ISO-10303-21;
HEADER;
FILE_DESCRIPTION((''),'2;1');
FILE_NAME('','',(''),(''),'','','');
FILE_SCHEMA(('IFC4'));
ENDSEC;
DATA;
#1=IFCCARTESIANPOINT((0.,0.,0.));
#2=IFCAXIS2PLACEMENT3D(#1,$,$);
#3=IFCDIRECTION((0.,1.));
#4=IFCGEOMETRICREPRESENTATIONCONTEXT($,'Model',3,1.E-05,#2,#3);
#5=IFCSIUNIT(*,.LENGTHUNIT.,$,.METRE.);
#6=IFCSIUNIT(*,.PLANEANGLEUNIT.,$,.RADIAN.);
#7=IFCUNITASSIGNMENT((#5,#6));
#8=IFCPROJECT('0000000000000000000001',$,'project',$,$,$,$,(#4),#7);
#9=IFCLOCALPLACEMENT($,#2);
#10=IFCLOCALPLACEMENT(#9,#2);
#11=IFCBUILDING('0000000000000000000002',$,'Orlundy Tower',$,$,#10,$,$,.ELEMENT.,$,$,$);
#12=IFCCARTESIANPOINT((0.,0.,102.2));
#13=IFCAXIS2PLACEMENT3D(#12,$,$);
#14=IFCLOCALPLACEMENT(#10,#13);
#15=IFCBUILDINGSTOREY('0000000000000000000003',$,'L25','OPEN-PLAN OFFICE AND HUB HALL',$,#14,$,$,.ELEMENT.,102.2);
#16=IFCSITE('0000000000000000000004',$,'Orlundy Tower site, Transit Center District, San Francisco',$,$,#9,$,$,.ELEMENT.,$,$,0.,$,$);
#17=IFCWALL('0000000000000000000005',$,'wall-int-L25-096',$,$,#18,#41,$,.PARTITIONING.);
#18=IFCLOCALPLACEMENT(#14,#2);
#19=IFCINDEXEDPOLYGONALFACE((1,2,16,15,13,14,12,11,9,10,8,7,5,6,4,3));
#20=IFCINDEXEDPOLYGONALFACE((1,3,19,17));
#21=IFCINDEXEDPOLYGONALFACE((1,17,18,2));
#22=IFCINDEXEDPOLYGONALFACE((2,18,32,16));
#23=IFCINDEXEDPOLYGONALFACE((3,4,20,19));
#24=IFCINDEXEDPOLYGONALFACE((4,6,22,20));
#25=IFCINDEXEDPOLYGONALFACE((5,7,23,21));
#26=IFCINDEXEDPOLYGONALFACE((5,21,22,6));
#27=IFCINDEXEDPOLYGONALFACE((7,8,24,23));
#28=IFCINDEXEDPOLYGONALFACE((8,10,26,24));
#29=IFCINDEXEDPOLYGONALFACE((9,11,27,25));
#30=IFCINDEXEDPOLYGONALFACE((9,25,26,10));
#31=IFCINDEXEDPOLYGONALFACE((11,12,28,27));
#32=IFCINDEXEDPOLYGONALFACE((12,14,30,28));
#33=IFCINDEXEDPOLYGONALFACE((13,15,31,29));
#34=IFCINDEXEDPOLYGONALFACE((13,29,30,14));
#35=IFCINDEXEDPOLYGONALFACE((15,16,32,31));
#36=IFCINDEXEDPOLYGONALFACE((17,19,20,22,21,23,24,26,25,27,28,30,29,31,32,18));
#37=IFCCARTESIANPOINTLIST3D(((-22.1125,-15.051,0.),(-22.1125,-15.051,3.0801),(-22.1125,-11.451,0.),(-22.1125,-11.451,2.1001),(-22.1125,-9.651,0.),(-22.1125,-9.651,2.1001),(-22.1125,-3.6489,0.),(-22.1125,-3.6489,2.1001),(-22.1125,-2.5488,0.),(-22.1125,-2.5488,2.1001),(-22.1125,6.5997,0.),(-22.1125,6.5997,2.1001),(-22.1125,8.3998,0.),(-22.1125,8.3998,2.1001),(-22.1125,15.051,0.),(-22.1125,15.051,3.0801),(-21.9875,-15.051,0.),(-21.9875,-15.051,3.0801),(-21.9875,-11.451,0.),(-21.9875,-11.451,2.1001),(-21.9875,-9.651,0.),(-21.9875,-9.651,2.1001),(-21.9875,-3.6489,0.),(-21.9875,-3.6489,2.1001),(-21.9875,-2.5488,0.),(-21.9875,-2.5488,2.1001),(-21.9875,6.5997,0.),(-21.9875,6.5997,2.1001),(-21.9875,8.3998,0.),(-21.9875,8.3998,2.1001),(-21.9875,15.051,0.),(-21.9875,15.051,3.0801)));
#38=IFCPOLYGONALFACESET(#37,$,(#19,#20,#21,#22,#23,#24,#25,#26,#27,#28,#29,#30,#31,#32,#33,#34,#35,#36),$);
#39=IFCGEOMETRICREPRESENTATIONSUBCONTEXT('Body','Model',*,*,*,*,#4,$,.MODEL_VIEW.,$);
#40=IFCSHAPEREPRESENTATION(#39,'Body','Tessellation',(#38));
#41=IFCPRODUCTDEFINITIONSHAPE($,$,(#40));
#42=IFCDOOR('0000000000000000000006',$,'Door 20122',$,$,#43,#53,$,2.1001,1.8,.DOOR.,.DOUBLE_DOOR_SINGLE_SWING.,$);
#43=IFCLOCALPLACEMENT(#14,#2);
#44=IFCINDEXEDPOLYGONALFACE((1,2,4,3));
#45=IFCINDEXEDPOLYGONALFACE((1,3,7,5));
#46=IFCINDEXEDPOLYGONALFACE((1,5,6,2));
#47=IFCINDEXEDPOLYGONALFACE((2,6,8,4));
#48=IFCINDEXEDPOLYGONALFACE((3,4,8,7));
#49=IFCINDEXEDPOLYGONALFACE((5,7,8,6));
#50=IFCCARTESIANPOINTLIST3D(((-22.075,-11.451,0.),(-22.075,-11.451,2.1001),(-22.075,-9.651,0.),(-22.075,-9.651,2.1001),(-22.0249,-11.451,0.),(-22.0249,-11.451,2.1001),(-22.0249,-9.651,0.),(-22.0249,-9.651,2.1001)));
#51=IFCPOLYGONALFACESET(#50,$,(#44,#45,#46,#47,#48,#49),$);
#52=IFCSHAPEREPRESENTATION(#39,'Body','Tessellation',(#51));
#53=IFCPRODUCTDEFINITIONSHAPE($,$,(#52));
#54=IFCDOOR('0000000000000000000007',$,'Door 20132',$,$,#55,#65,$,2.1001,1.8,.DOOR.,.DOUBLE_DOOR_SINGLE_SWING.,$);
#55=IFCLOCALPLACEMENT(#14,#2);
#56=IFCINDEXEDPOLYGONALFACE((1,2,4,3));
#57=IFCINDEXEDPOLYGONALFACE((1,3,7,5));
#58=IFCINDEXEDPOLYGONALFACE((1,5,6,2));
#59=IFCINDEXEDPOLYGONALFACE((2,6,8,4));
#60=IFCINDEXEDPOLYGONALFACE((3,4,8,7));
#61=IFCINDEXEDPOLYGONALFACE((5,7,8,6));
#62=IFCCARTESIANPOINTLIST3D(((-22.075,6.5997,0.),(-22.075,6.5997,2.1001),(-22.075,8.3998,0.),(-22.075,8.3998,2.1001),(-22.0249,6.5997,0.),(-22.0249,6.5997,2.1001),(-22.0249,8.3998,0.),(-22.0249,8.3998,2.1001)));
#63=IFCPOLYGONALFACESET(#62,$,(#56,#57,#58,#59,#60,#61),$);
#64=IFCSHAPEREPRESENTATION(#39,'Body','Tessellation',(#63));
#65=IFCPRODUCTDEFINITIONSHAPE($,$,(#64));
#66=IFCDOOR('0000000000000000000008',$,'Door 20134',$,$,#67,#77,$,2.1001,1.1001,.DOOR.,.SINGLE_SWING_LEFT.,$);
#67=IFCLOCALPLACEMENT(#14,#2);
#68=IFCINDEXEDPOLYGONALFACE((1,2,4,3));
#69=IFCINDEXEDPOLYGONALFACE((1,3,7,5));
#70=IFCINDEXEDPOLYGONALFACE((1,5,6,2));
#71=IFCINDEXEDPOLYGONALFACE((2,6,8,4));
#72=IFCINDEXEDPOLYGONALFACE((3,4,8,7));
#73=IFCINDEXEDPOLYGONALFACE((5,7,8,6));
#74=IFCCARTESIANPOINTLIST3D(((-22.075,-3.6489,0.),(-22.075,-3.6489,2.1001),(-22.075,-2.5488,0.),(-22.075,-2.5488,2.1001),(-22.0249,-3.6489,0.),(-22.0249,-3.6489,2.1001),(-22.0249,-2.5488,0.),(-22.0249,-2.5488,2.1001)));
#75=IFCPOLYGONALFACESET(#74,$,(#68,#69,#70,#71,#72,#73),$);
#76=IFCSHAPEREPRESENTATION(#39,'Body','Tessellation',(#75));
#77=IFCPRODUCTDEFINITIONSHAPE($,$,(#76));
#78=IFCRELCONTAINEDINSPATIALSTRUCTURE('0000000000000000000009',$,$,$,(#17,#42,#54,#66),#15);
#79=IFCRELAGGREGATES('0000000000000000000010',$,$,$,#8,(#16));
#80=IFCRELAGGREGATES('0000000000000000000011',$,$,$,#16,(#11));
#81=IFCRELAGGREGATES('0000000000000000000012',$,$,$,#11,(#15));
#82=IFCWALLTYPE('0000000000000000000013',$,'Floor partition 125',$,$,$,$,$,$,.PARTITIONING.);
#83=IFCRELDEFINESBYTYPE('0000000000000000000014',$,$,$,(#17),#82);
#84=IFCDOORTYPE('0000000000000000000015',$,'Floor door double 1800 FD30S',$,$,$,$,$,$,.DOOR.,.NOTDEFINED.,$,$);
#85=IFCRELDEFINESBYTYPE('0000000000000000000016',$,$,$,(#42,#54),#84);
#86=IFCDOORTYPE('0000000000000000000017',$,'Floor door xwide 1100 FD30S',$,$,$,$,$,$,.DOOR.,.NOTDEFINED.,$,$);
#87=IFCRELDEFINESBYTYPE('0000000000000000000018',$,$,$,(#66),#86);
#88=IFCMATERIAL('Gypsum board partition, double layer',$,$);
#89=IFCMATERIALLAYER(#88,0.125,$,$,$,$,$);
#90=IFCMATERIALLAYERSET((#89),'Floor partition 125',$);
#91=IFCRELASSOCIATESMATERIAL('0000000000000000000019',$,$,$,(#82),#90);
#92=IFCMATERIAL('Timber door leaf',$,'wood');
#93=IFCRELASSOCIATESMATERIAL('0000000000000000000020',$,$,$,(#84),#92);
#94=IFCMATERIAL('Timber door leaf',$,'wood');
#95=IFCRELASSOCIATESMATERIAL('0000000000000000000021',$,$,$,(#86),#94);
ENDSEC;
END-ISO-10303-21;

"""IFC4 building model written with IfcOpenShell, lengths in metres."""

from ifc_helpers import new_model, si_unit, direction, frame, frame_2d, origin, place, context, subcontext, project, spatial, rectangle, extrude, material, layer, layer_set, type_object, element, fill, save


model = new_model("IFC4")

# Units and contexts
model_context = context("Model", 3, precision=1e-05, world=origin(), true_north=direction((0.0, 1.0)))
body_context = subcontext(model_context, "Body", "Model", "MODEL_VIEW")
ifc_project = project(units=[si_unit("LENGTHUNIT", "METRE"), si_unit("PLANEANGLEUNIT", "RADIAN")], contexts=[model_context])

# Site, building, storey
site_placement = place(None, origin())
site = spatial("IfcSite", under=ifc_project, at=site_placement, Name="Orlundy Tower site, Transit Center District, San Francisco", CompositionType="ELEMENT", RefElevation=0.0)
building_placement = place(site_placement, origin())
building = spatial("IfcBuilding", under=site, at=building_placement, Name="Orlundy Tower", CompositionType="ELEMENT")
storey_placement = place(building_placement, frame((0.0, 0.0, 102.2)))
storey = spatial("IfcBuildingStorey", under=building, at=storey_placement, Name="L25", Description="OPEN-PLAN OFFICE AND HUB HALL", CompositionType="ELEMENT", Elevation=102.2)

# Shared definitions
ifc_material_1 = material(Name="Gypsum board partition, double layer")
ifc_layer_1 = layer(ifc_material_1, 0.125)
ifc_layer_set_1 = layer_set([ifc_layer_1], Name="Floor partition 125")
wall_type_1 = type_object("IfcWallType", Name="Floor partition 125", PredefinedType="PARTITIONING", material=ifc_layer_set_1)

# Wall, openings, doors
wall_1_placement = place(storey_placement, frame((-22.05, -15.051, 0.0), z_axis=(0.0, 0.0, 1.0), x_axis=(0.0, 1.0, 0.0)))
wall_1 = element("IfcWall", 1, at=wall_1_placement, inside=storey, type_object=wall_type_1, Name="wall-int-L25-096", PredefinedType="PARTITIONING", context=body_context, shape_type="SweptSolid", body=[
    extrude(rectangle(XDim=30.1021, YDim=0.125, at=frame_2d((15.051, 0.0))), origin(), (0.0, 0.0, 1.0), 3.0801),
])
opening_1_placement = place(wall_1_placement, frame((3.6001, 0.0, 0.0)))
opening_1 = element("IfcOpeningElement", 2, at=opening_1_placement, cuts=wall_1, PredefinedType="OPENING", context=body_context, shape_type="SweptSolid", body=[
    extrude(rectangle(XDim=1.8, YDim=2.1001, at=frame_2d((0.8999, 1.05))), frame((0.0, 0.0725, 0.0), z_axis=(0.0, -1.0, 0.0), x_axis=(1.0, 0.0, 0.0)), (0.0, 0.0, 1.0), 0.145),
])
opening_2_placement = place(wall_1_placement, frame((21.6509, 0.0, 0.0)))
opening_2 = element("IfcOpeningElement", 3, at=opening_2_placement, cuts=wall_1, PredefinedType="OPENING", context=body_context, shape_type="SweptSolid", body=[
    extrude(rectangle(XDim=1.8, YDim=2.1001, at=frame_2d((0.8999, 1.05))), frame((0.0, 0.0725, 0.0), z_axis=(0.0, -1.0, 0.0), x_axis=(1.0, 0.0, 0.0)), (0.0, 0.0, 1.0), 0.145),
])
opening_3_placement = place(wall_1_placement, frame((11.4021, 0.0, 0.0)))
opening_3 = element("IfcOpeningElement", 4, at=opening_3_placement, cuts=wall_1, PredefinedType="OPENING", context=body_context, shape_type="SweptSolid", body=[
    extrude(rectangle(XDim=1.1001, YDim=2.1001, at=frame_2d((0.55, 1.05))), frame((0.0, 0.0725, 0.0), z_axis=(0.0, -1.0, 0.0), x_axis=(1.0, 0.0, 0.0)), (0.0, 0.0, 1.0), 0.145),
])
ifc_material_2 = material(Name="Timber door leaf", Category="wood")
door_type_1 = type_object("IfcDoorType", Name="Floor door double 1800 FD30S", OperationType="NOTDEFINED", PredefinedType="DOOR", material=ifc_material_2)
door_1_placement = place(opening_1_placement, origin())
door_1 = element("IfcDoor", 5, at=door_1_placement, inside=storey, type_object=door_type_1, Name="Door 20122", OperationType="DOUBLE_DOOR_SINGLE_SWING", OverallHeight=2.1001, OverallWidth=1.8, PredefinedType="DOOR", context=body_context, shape_type="SweptSolid", body=[
    extrude(rectangle(XDim=1.8, YDim=2.1001, at=frame_2d((0.8999, 1.05))), frame((0.0, 0.0249, 0.0), z_axis=(0.0, -1.0, 0.0), x_axis=(1.0, 0.0, 0.0)), (0.0, 0.0, 1.0), 0.05),
])
fill(opening_1, door_1)
door_2_placement = place(opening_2_placement, origin())
door_2 = element("IfcDoor", 6, at=door_2_placement, inside=storey, type_object=door_type_1, Name="Door 20132", OperationType="DOUBLE_DOOR_SINGLE_SWING", OverallHeight=2.1001, OverallWidth=1.8, PredefinedType="DOOR", context=body_context, shape_type="SweptSolid", body=[
    extrude(rectangle(XDim=1.8, YDim=2.1001, at=frame_2d((0.8999, 1.05))), frame((0.0, 0.0249, 0.0), z_axis=(0.0, -1.0, 0.0), x_axis=(1.0, 0.0, 0.0)), (0.0, 0.0, 1.0), 0.05),
])
fill(opening_2, door_2)
ifc_material_3 = material(Name="Timber door leaf", Category="wood")
door_type_2 = type_object("IfcDoorType", Name="Floor door xwide 1100 FD30S", OperationType="NOTDEFINED", PredefinedType="DOOR", material=ifc_material_3)
door_3_placement = place(opening_3_placement, origin())
door_3 = element("IfcDoor", 7, at=door_3_placement, inside=storey, type_object=door_type_2, Name="Door 20134", OperationType="SINGLE_SWING_LEFT", OverallHeight=2.1001, OverallWidth=1.1001, PredefinedType="DOOR", context=body_context, shape_type="SweptSolid", body=[
    extrude(rectangle(XDim=1.1001, YDim=2.1001, at=frame_2d((0.55, 1.05))), frame((0.0, 0.0249, 0.0), z_axis=(0.0, -1.0, 0.0), x_axis=(1.0, 0.0, 0.0)), (0.0, 0.0, 1.0), 0.05),
])
fill(opening_3, door_3)

save(model, "model.ifc")
